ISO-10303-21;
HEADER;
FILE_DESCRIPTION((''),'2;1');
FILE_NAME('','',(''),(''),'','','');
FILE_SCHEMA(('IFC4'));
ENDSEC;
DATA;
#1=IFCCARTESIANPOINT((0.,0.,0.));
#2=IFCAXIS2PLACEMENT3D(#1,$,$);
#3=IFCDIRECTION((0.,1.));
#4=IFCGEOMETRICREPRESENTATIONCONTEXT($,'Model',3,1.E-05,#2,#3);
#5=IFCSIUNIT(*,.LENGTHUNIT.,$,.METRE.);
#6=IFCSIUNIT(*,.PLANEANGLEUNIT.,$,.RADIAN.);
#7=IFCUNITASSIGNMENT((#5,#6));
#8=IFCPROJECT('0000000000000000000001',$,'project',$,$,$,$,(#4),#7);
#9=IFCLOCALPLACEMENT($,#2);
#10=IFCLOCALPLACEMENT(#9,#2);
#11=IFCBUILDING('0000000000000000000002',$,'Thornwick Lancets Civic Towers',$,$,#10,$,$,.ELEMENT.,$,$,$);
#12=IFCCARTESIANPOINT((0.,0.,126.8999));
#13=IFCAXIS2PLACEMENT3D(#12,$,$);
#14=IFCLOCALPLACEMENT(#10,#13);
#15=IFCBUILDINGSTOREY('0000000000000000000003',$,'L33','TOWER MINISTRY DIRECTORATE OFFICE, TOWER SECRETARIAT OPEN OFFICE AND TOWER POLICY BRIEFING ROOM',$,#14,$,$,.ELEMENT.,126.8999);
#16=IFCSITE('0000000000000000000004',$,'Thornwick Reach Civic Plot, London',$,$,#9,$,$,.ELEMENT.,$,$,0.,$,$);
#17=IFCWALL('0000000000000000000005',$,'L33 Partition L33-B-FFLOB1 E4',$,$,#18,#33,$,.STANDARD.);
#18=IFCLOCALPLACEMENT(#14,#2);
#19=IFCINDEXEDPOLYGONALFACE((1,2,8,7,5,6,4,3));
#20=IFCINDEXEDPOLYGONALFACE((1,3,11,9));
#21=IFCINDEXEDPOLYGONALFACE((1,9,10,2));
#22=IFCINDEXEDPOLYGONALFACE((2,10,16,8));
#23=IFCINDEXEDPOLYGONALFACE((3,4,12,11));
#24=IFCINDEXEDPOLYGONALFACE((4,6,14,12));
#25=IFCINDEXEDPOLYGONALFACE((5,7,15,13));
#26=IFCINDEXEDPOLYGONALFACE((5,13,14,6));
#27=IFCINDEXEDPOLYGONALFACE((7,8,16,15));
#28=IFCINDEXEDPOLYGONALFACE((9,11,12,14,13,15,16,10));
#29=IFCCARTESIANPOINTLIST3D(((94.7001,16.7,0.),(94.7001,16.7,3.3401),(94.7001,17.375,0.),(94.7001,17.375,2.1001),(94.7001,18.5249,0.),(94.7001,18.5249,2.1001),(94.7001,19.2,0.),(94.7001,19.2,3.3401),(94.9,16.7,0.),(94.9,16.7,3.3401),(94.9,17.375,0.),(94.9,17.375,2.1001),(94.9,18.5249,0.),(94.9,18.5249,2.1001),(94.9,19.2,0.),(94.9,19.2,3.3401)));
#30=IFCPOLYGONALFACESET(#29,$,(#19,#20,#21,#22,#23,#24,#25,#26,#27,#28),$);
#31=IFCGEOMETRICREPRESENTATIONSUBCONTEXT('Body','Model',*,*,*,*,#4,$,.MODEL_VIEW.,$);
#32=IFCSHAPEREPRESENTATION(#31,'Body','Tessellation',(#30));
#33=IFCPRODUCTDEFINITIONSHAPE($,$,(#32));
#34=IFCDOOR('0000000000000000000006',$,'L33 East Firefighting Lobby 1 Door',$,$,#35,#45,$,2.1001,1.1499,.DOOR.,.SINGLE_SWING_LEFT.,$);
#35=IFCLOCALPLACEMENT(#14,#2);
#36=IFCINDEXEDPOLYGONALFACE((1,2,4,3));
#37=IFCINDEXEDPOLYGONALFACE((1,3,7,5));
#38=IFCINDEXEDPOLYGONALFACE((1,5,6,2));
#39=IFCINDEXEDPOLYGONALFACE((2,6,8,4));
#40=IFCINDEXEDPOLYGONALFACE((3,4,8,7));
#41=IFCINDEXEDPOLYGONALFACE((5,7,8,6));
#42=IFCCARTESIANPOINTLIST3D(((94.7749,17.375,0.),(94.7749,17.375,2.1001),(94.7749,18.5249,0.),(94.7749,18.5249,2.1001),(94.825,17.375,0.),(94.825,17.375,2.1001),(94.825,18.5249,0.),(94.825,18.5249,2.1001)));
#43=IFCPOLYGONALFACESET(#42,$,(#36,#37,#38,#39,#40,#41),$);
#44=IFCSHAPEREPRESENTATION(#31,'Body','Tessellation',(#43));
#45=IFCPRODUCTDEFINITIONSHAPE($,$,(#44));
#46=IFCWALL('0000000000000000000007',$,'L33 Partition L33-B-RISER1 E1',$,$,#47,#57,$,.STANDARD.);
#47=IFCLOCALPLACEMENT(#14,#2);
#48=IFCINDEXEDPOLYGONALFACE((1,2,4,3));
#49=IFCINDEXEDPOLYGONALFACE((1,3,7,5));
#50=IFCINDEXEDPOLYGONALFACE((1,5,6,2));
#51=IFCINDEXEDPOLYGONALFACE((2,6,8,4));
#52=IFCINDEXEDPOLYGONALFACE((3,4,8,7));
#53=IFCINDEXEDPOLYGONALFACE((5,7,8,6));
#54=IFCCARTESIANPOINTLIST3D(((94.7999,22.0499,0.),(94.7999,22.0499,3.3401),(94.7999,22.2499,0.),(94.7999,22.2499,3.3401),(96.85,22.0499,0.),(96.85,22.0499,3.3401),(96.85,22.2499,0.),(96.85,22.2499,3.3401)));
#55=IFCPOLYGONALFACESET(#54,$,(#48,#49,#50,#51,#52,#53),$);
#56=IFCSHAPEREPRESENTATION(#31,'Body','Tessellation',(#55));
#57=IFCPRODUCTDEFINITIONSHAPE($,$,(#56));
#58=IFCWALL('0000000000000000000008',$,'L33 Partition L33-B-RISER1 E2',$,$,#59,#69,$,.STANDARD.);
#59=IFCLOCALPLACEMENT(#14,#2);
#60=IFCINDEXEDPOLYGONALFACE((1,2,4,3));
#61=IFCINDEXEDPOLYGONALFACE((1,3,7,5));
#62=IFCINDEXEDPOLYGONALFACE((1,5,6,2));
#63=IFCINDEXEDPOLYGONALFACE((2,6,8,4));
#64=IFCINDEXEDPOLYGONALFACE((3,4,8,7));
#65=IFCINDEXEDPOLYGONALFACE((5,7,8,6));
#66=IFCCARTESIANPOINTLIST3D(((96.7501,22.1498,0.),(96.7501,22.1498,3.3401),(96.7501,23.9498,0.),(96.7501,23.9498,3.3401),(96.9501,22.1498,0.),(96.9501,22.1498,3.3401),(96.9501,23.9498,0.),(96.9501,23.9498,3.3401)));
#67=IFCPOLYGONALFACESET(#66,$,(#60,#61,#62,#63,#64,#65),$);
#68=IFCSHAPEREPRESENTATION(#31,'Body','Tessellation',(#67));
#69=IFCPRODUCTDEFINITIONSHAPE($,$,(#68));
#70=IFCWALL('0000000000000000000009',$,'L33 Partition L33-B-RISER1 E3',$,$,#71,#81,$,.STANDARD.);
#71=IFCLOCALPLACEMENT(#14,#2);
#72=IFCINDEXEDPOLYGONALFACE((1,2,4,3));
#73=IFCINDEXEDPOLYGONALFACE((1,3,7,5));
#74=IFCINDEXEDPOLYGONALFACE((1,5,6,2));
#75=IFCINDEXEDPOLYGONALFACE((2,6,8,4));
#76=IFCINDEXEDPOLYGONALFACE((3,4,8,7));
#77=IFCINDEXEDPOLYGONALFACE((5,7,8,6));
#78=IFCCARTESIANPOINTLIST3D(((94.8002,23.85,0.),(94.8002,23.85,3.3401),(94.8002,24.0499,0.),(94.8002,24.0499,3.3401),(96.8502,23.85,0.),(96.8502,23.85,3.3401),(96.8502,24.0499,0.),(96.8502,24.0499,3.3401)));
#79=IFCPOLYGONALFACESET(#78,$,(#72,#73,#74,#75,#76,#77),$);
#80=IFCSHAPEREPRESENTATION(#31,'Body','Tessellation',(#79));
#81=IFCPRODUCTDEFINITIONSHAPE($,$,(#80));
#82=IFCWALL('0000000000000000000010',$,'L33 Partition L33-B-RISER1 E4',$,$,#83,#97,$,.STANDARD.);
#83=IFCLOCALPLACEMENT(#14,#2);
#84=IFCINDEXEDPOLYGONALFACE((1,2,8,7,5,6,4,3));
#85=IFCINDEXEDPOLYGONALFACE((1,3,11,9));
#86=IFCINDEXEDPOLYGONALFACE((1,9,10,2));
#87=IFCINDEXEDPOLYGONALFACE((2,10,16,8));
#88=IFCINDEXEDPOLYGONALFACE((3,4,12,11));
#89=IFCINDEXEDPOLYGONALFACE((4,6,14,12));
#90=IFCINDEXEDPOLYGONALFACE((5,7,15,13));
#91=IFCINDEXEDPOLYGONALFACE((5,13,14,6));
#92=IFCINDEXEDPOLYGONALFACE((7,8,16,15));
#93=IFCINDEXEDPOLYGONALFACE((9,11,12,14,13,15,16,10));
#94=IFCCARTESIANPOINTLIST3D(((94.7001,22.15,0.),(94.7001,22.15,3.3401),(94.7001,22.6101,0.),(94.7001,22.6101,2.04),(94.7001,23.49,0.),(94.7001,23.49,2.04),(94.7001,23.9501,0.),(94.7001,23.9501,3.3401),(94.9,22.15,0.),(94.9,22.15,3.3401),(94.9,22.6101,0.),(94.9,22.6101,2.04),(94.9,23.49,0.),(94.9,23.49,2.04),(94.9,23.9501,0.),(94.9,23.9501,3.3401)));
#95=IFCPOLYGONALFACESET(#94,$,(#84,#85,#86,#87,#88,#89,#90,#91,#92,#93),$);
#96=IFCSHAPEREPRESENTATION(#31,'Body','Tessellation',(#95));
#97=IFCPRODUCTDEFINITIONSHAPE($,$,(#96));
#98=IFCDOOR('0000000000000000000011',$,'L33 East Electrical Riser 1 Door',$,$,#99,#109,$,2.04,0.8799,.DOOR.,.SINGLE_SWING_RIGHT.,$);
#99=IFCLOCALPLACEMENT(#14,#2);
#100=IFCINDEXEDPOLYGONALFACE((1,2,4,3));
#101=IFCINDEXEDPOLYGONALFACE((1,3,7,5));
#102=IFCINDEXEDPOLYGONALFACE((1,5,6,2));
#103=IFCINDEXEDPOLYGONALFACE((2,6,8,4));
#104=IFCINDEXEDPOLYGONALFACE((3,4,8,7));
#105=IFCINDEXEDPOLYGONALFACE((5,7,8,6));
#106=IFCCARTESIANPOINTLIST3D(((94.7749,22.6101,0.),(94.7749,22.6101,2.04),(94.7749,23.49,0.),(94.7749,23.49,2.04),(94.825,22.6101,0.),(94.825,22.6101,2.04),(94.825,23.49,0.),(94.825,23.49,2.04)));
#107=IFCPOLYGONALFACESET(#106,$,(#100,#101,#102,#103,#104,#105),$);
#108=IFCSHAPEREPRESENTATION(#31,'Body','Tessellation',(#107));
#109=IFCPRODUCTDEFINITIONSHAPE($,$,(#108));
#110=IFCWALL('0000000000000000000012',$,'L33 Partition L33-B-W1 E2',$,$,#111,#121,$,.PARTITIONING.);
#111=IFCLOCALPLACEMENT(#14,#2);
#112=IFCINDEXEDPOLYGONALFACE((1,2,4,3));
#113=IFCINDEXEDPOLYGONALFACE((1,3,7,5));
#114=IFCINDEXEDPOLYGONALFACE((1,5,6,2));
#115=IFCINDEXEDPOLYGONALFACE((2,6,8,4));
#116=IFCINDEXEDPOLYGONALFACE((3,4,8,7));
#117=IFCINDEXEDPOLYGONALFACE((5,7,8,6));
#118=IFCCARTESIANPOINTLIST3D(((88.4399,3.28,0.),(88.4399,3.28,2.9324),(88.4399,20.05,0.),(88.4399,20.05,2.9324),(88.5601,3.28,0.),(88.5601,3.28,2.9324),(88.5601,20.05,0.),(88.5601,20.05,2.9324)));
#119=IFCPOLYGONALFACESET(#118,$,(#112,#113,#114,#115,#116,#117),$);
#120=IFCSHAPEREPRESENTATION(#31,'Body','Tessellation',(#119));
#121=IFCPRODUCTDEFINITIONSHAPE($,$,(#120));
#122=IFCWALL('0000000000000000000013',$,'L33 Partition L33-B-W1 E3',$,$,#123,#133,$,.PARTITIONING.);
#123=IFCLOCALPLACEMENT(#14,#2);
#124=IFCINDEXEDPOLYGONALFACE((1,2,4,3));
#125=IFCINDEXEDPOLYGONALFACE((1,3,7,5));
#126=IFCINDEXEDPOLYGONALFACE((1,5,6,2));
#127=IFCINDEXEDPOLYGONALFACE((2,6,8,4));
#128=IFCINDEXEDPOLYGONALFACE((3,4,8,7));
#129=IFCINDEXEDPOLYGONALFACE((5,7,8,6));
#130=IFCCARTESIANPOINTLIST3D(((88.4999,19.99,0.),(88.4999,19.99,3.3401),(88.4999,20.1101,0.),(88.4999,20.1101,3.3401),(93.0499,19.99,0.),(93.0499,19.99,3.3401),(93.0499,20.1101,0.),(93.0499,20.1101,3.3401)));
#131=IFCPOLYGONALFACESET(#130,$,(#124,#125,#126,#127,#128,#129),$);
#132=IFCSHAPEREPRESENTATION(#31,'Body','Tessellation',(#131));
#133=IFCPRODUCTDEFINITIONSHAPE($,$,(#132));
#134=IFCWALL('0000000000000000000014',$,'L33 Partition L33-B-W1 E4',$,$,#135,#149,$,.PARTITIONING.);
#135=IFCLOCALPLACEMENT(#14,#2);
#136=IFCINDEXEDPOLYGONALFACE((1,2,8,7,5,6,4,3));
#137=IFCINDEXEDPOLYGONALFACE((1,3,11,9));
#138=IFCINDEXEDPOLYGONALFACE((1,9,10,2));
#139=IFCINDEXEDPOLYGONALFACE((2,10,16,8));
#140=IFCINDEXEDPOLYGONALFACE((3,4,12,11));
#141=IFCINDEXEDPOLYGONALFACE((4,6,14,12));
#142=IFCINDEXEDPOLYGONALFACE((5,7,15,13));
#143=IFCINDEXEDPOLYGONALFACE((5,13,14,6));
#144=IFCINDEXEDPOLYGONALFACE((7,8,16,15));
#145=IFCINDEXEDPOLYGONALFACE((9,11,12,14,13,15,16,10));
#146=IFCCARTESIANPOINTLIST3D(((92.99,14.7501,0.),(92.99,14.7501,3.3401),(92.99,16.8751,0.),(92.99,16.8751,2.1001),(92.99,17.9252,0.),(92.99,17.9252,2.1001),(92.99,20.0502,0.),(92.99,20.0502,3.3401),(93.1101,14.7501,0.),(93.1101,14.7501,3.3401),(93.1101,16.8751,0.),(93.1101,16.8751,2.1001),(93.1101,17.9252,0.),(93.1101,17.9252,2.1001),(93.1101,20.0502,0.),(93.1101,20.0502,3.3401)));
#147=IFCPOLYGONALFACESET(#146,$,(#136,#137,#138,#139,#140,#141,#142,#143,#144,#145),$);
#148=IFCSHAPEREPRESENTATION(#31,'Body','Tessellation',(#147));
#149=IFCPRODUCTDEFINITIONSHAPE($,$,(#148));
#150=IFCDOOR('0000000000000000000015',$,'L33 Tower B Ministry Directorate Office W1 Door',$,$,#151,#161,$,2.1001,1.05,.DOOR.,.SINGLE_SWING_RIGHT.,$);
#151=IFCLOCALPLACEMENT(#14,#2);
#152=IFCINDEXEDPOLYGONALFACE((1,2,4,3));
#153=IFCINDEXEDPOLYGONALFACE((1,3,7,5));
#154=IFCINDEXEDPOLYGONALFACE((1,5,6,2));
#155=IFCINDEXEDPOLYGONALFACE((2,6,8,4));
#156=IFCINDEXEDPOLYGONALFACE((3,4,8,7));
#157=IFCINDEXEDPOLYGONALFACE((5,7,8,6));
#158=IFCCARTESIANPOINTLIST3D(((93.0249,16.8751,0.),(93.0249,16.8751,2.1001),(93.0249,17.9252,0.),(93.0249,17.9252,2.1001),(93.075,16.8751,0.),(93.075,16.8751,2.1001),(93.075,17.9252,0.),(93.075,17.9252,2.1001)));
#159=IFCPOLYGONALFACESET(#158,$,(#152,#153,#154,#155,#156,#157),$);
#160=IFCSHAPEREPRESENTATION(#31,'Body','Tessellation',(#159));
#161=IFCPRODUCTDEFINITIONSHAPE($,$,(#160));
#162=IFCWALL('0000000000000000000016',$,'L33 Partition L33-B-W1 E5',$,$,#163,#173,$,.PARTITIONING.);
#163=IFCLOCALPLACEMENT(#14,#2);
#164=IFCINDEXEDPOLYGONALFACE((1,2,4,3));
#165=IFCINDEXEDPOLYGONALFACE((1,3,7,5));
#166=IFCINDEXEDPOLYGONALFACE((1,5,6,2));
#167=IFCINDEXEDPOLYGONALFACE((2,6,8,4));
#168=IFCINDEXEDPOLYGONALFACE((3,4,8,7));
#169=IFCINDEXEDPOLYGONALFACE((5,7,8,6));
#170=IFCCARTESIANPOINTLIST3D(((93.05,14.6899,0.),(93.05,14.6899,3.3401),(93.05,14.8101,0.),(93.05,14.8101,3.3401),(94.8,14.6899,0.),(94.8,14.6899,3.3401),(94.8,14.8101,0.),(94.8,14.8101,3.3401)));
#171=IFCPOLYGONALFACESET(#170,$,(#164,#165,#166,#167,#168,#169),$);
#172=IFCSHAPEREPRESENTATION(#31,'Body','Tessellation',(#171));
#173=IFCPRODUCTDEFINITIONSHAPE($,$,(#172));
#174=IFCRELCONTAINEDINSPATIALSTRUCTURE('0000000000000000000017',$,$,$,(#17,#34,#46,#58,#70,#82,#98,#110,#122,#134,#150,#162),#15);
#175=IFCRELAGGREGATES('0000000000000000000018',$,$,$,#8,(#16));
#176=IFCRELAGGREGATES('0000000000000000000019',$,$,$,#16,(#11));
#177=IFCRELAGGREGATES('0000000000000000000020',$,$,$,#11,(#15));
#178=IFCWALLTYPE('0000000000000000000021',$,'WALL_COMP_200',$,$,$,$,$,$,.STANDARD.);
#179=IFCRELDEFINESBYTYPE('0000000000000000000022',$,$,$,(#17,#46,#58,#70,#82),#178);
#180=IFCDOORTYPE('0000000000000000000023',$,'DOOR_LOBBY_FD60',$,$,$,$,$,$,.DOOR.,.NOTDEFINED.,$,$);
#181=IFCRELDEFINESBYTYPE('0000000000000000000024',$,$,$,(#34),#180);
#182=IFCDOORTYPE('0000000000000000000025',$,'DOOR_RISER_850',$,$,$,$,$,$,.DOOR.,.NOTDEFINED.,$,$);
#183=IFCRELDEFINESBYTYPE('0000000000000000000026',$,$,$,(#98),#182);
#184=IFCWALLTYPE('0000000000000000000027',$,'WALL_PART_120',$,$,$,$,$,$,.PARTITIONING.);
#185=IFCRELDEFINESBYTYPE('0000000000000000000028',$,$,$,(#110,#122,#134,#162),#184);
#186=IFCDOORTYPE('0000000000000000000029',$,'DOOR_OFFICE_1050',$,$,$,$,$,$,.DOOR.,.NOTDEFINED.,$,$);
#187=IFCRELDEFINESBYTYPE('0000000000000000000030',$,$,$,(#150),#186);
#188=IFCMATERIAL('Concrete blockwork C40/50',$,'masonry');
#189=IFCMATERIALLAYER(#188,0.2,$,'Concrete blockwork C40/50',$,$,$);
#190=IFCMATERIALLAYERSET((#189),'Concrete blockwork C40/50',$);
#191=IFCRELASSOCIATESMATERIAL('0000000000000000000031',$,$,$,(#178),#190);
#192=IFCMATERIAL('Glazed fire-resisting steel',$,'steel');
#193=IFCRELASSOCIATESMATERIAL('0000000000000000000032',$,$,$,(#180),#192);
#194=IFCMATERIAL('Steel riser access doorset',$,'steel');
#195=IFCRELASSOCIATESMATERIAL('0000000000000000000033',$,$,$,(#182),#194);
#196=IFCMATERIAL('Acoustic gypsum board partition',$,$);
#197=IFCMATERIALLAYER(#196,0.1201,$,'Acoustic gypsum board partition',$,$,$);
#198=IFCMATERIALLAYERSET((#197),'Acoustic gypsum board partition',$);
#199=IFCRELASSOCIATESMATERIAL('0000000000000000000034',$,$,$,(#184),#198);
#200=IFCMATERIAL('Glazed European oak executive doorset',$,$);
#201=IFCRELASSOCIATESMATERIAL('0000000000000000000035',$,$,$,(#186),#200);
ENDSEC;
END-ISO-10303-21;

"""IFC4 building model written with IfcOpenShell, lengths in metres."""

from ifc_helpers import new_model, si_unit, direction, frame, frame_2d, origin, place, context, subcontext, project, spatial, rectangle, extrude, material, layer, layer_set, type_object, element, fill, save


model = new_model("IFC4")

# Units and contexts
model_context = context("Model", 3, precision=1e-05, world=origin(), true_north=direction((0.0, 1.0)))
body_context = subcontext(model_context, "Body", "Model", "MODEL_VIEW")
ifc_project = project(units=[si_unit("LENGTHUNIT", "METRE"), si_unit("PLANEANGLEUNIT", "RADIAN")], contexts=[model_context])

# Site, building, storey
site_placement = place(None, origin())
site = spatial("IfcSite", under=ifc_project, at=site_placement, Name="Thornwick Reach Civic Plot, London", CompositionType="ELEMENT", RefElevation=0.0)
building_placement = place(site_placement, origin())
building = spatial("IfcBuilding", under=site, at=building_placement, Name="Thornwick Lancets Civic Towers", CompositionType="ELEMENT")
storey_placement = place(building_placement, frame((0.0, 0.0, 126.8999)))
storey = spatial("IfcBuildingStorey", under=building, at=storey_placement, Name="L33", Description="TOWER MINISTRY DIRECTORATE OFFICE, TOWER SECRETARIAT OPEN OFFICE AND TOWER POLICY BRIEFING ROOM", CompositionType="ELEMENT", Elevation=126.8999)

# Shared definitions
ifc_material_1 = material(Name="Concrete blockwork C40/50", Category="masonry")
ifc_layer_1 = layer(ifc_material_1, 0.2, Name="Concrete blockwork C40/50")
ifc_layer_set_1 = layer_set([ifc_layer_1], Name="Concrete blockwork C40/50")
wall_type_1 = type_object("IfcWallType", Name="WALL_COMP_200", PredefinedType="STANDARD", material=ifc_layer_set_1)

# Wall, opening, door
wall_1_placement = place(storey_placement, frame((94.8, 19.2, 0.0), z_axis=(0.0, 0.0, 1.0), x_axis=(0.0, -1.0, 0.0)))
wall_1 = element("IfcWall", 1, at=wall_1_placement, inside=storey, type_object=wall_type_1, Name="L33 Partition L33-B-FFLOB1 E4", PredefinedType="STANDARD", context=body_context, shape_type="SweptSolid", body=[
    extrude(rectangle(XDim=2.5, YDim=0.2, at=frame_2d((1.25, 0.0))), origin(), (0.0, 0.0, 1.0), 3.3401),
])
opening_1_placement = place(wall_1_placement, frame((0.675, 0.0, 0.0)))
opening_1 = element("IfcOpeningElement", 2, at=opening_1_placement, cuts=wall_1, PredefinedType="OPENING", context=body_context, shape_type="SweptSolid", body=[
    extrude(rectangle(XDim=1.1499, YDim=2.1001, at=frame_2d((0.575, 1.05))), frame((0.0, 0.1099, 0.0), z_axis=(0.0, -1.0, 0.0), x_axis=(1.0, 0.0, 0.0)), (0.0, 0.0, 1.0), 0.22),
])
ifc_material_2 = material(Name="Glazed fire-resisting steel", Category="steel")
door_type_1 = type_object("IfcDoorType", Name="DOOR_LOBBY_FD60", OperationType="NOTDEFINED", PredefinedType="DOOR", material=ifc_material_2)
door_1_placement = place(opening_1_placement, origin())
door_1 = element("IfcDoor", 3, at=door_1_placement, inside=storey, type_object=door_type_1, Name="L33 East Firefighting Lobby 1 Door", OperationType="SINGLE_SWING_LEFT", OverallHeight=2.1001, OverallWidth=1.1499, PredefinedType="DOOR", context=body_context, shape_type="SweptSolid", body=[
    extrude(rectangle(XDim=1.1499, YDim=2.1001, at=frame_2d((0.575, 1.05))), frame((0.0, 0.0249, 0.0), z_axis=(0.0, -1.0, 0.0), x_axis=(1.0, 0.0, 0.0)), (0.0, 0.0, 1.0), 0.05),
])
fill(opening_1, door_1)

# Walls
wall_2_placement = place(storey_placement, frame((94.8, 22.1499, 0.0), z_axis=(0.0, 0.0, 1.0), x_axis=(1.0, 0.0, 0.0)))
element("IfcWall", 4, at=wall_2_placement, inside=storey, type_object=wall_type_1, Name="L33 Partition L33-B-RISER1 E1", PredefinedType="STANDARD", context=body_context, shape_type="SweptSolid", body=[
    extrude(rectangle(XDim=2.05, YDim=0.2, at=frame_2d((1.0249, 0.0))), origin(), (0.0, 0.0, 1.0), 3.3401),
])
wall_3_placement = place(storey_placement, frame((96.8501, 22.1499, 0.0), z_axis=(0.0, 0.0, 1.0), x_axis=(0.0, 1.0, 0.0)))
element("IfcWall", 5, at=wall_3_placement, inside=storey, type_object=wall_type_1, Name="L33 Partition L33-B-RISER1 E2", PredefinedType="STANDARD", context=body_context, shape_type="SweptSolid", body=[
    extrude(rectangle(XDim=1.8, YDim=0.2, at=frame_2d((0.8999, 0.0))), origin(), (0.0, 0.0, 1.0), 3.3401),
])
wall_4_placement = place(storey_placement, frame((96.8501, 23.95, 0.0), z_axis=(0.0, 0.0, 1.0), x_axis=(-1.0, 0.0, 0.0)))
element("IfcWall", 6, at=wall_4_placement, inside=storey, type_object=wall_type_1, Name="L33 Partition L33-B-RISER1 E3", PredefinedType="STANDARD", context=body_context, shape_type="SweptSolid", body=[
    extrude(rectangle(XDim=2.05, YDim=0.2, at=frame_2d((1.0249, 0.0))), origin(), (0.0, 0.0, 1.0), 3.3401),
])

# Wall, opening, door
wall_5_placement = place(storey_placement, frame((94.8, 23.95, 0.0), z_axis=(0.0, 0.0, 1.0), x_axis=(0.0, -1.0, 0.0)))
wall_5 = element("IfcWall", 7, at=wall_5_placement, inside=storey, type_object=wall_type_1, Name="L33 Partition L33-B-RISER1 E4", PredefinedType="STANDARD", context=body_context, shape_type="SweptSolid", body=[
    extrude(rectangle(XDim=1.8, YDim=0.2, at=frame_2d((0.8999, 0.0))), origin(), (0.0, 0.0, 1.0), 3.3401),
])
opening_2_placement = place(wall_5_placement, frame((0.46, 0.0, 0.0)))
opening_2 = element("IfcOpeningElement", 8, at=opening_2_placement, cuts=wall_5, PredefinedType="OPENING", context=body_context, shape_type="SweptSolid", body=[
    extrude(rectangle(XDim=0.8799, YDim=2.04, at=frame_2d((0.4399, 1.02))), frame((0.0, 0.1099, 0.0), z_axis=(0.0, -1.0, 0.0), x_axis=(1.0, 0.0, 0.0)), (0.0, 0.0, 1.0), 0.22),
])
ifc_material_3 = material(Name="Steel riser access doorset", Category="steel")
door_type_2 = type_object("IfcDoorType", Name="DOOR_RISER_850", OperationType="NOTDEFINED", PredefinedType="DOOR", material=ifc_material_3)
door_2_placement = place(opening_2_placement, origin())
door_2 = element("IfcDoor", 9, at=door_2_placement, inside=storey, type_object=door_type_2, Name="L33 East Electrical Riser 1 Door", OperationType="SINGLE_SWING_RIGHT", OverallHeight=2.04, OverallWidth=0.8799, PredefinedType="DOOR", context=body_context, shape_type="SweptSolid", body=[
    extrude(rectangle(XDim=0.8799, YDim=2.04, at=frame_2d((0.4399, 1.02))), frame((0.0, 0.0249, 0.0), z_axis=(0.0, -1.0, 0.0), x_axis=(1.0, 0.0, 0.0)), (0.0, 0.0, 1.0), 0.05),
])
fill(opening_2, door_2)

# Walls
ifc_material_4 = material(Name="Acoustic gypsum board partition")
ifc_layer_2 = layer(ifc_material_4, 0.1201, Name="Acoustic gypsum board partition")
ifc_layer_set_2 = layer_set([ifc_layer_2], Name="Acoustic gypsum board partition")
wall_type_2 = type_object("IfcWallType", Name="WALL_PART_120", PredefinedType="PARTITIONING", material=ifc_layer_set_2)
wall_6_placement = place(storey_placement, frame((88.5, 3.28, 0.0), z_axis=(0.0, 0.0, 1.0), x_axis=(0.0, 1.0, 0.0)))
element("IfcWall", 10, at=wall_6_placement, inside=storey, type_object=wall_type_2, Name="L33 Partition L33-B-W1 E2", PredefinedType="PARTITIONING", context=body_context, shape_type="SweptSolid", body=[
    extrude(rectangle(XDim=16.77, YDim=0.1201, at=frame_2d((8.385, 0.0))), origin(), (0.0, 0.0, 1.0), 2.9324),
])
wall_7_placement = place(storey_placement, frame((88.5, 20.05, 0.0), z_axis=(0.0, 0.0, 1.0), x_axis=(1.0, 0.0, 0.0)))
element("IfcWall", 11, at=wall_7_placement, inside=storey, type_object=wall_type_2, Name="L33 Partition L33-B-W1 E3", PredefinedType="PARTITIONING", context=body_context, shape_type="SweptSolid", body=[
    extrude(rectangle(XDim=4.55, YDim=0.1201, at=frame_2d((2.2749, 0.0))), origin(), (0.0, 0.0, 1.0), 3.3401),
])

# Wall, opening, door
wall_8_placement = place(storey_placement, frame((93.05, 20.05, 0.0), z_axis=(0.0, 0.0, 1.0), x_axis=(0.0, -1.0, 0.0)))
wall_8 = element("IfcWall", 12, at=wall_8_placement, inside=storey, type_object=wall_type_2, Name="L33 Partition L33-B-W1 E4", PredefinedType="PARTITIONING", context=body_context, shape_type="SweptSolid", body=[
    extrude(rectangle(XDim=5.3, YDim=0.1201, at=frame_2d((2.6499, 0.0))), origin(), (0.0, 0.0, 1.0), 3.3401),
])
opening_3_placement = place(wall_8_placement, frame((2.125, 0.0, 0.0)))
opening_3 = element("IfcOpeningElement", 13, at=opening_3_placement, cuts=wall_8, PredefinedType="OPENING", context=body_context, shape_type="SweptSolid", body=[
    extrude(rectangle(XDim=1.05, YDim=2.1001, at=frame_2d((0.5249, 1.05))), frame((0.0, 0.0701, 0.0), z_axis=(0.0, -1.0, 0.0), x_axis=(1.0, 0.0, 0.0)), (0.0, 0.0, 1.0), 0.1401),
])
ifc_material_5 = material(Name="Glazed European oak executive doorset")
door_type_3 = type_object("IfcDoorType", Name="DOOR_OFFICE_1050", OperationType="NOTDEFINED", PredefinedType="DOOR", material=ifc_material_5)
door_3_placement = place(opening_3_placement, origin())
door_3 = element("IfcDoor", 14, at=door_3_placement, inside=storey, type_object=door_type_3, Name="L33 Tower B Ministry Directorate Office W1 Door", OperationType="SINGLE_SWING_RIGHT", OverallHeight=2.1001, OverallWidth=1.05, PredefinedType="DOOR", context=body_context, shape_type="SweptSolid", body=[
    extrude(rectangle(XDim=1.05, YDim=2.1001, at=frame_2d((0.5249, 1.05))), frame((0.0, 0.0249, 0.0), z_axis=(0.0, -1.0, 0.0), x_axis=(1.0, 0.0, 0.0)), (0.0, 0.0, 1.0), 0.05),
])
fill(opening_3, door_3)

# Wall
wall_9_placement = place(storey_placement, frame((93.05, 14.75, 0.0), z_axis=(0.0, 0.0, 1.0), x_axis=(1.0, 0.0, 0.0)))
element("IfcWall", 15, at=wall_9_placement, inside=storey, type_object=wall_type_2, Name="L33 Partition L33-B-W1 E5", PredefinedType="PARTITIONING", context=body_context, shape_type="SweptSolid", body=[
    extrude(rectangle(XDim=1.75, YDim=0.1201, at=frame_2d((0.875, 0.0))), origin(), (0.0, 0.0, 1.0), 3.3401),
])

save(model, "model.ifc")
